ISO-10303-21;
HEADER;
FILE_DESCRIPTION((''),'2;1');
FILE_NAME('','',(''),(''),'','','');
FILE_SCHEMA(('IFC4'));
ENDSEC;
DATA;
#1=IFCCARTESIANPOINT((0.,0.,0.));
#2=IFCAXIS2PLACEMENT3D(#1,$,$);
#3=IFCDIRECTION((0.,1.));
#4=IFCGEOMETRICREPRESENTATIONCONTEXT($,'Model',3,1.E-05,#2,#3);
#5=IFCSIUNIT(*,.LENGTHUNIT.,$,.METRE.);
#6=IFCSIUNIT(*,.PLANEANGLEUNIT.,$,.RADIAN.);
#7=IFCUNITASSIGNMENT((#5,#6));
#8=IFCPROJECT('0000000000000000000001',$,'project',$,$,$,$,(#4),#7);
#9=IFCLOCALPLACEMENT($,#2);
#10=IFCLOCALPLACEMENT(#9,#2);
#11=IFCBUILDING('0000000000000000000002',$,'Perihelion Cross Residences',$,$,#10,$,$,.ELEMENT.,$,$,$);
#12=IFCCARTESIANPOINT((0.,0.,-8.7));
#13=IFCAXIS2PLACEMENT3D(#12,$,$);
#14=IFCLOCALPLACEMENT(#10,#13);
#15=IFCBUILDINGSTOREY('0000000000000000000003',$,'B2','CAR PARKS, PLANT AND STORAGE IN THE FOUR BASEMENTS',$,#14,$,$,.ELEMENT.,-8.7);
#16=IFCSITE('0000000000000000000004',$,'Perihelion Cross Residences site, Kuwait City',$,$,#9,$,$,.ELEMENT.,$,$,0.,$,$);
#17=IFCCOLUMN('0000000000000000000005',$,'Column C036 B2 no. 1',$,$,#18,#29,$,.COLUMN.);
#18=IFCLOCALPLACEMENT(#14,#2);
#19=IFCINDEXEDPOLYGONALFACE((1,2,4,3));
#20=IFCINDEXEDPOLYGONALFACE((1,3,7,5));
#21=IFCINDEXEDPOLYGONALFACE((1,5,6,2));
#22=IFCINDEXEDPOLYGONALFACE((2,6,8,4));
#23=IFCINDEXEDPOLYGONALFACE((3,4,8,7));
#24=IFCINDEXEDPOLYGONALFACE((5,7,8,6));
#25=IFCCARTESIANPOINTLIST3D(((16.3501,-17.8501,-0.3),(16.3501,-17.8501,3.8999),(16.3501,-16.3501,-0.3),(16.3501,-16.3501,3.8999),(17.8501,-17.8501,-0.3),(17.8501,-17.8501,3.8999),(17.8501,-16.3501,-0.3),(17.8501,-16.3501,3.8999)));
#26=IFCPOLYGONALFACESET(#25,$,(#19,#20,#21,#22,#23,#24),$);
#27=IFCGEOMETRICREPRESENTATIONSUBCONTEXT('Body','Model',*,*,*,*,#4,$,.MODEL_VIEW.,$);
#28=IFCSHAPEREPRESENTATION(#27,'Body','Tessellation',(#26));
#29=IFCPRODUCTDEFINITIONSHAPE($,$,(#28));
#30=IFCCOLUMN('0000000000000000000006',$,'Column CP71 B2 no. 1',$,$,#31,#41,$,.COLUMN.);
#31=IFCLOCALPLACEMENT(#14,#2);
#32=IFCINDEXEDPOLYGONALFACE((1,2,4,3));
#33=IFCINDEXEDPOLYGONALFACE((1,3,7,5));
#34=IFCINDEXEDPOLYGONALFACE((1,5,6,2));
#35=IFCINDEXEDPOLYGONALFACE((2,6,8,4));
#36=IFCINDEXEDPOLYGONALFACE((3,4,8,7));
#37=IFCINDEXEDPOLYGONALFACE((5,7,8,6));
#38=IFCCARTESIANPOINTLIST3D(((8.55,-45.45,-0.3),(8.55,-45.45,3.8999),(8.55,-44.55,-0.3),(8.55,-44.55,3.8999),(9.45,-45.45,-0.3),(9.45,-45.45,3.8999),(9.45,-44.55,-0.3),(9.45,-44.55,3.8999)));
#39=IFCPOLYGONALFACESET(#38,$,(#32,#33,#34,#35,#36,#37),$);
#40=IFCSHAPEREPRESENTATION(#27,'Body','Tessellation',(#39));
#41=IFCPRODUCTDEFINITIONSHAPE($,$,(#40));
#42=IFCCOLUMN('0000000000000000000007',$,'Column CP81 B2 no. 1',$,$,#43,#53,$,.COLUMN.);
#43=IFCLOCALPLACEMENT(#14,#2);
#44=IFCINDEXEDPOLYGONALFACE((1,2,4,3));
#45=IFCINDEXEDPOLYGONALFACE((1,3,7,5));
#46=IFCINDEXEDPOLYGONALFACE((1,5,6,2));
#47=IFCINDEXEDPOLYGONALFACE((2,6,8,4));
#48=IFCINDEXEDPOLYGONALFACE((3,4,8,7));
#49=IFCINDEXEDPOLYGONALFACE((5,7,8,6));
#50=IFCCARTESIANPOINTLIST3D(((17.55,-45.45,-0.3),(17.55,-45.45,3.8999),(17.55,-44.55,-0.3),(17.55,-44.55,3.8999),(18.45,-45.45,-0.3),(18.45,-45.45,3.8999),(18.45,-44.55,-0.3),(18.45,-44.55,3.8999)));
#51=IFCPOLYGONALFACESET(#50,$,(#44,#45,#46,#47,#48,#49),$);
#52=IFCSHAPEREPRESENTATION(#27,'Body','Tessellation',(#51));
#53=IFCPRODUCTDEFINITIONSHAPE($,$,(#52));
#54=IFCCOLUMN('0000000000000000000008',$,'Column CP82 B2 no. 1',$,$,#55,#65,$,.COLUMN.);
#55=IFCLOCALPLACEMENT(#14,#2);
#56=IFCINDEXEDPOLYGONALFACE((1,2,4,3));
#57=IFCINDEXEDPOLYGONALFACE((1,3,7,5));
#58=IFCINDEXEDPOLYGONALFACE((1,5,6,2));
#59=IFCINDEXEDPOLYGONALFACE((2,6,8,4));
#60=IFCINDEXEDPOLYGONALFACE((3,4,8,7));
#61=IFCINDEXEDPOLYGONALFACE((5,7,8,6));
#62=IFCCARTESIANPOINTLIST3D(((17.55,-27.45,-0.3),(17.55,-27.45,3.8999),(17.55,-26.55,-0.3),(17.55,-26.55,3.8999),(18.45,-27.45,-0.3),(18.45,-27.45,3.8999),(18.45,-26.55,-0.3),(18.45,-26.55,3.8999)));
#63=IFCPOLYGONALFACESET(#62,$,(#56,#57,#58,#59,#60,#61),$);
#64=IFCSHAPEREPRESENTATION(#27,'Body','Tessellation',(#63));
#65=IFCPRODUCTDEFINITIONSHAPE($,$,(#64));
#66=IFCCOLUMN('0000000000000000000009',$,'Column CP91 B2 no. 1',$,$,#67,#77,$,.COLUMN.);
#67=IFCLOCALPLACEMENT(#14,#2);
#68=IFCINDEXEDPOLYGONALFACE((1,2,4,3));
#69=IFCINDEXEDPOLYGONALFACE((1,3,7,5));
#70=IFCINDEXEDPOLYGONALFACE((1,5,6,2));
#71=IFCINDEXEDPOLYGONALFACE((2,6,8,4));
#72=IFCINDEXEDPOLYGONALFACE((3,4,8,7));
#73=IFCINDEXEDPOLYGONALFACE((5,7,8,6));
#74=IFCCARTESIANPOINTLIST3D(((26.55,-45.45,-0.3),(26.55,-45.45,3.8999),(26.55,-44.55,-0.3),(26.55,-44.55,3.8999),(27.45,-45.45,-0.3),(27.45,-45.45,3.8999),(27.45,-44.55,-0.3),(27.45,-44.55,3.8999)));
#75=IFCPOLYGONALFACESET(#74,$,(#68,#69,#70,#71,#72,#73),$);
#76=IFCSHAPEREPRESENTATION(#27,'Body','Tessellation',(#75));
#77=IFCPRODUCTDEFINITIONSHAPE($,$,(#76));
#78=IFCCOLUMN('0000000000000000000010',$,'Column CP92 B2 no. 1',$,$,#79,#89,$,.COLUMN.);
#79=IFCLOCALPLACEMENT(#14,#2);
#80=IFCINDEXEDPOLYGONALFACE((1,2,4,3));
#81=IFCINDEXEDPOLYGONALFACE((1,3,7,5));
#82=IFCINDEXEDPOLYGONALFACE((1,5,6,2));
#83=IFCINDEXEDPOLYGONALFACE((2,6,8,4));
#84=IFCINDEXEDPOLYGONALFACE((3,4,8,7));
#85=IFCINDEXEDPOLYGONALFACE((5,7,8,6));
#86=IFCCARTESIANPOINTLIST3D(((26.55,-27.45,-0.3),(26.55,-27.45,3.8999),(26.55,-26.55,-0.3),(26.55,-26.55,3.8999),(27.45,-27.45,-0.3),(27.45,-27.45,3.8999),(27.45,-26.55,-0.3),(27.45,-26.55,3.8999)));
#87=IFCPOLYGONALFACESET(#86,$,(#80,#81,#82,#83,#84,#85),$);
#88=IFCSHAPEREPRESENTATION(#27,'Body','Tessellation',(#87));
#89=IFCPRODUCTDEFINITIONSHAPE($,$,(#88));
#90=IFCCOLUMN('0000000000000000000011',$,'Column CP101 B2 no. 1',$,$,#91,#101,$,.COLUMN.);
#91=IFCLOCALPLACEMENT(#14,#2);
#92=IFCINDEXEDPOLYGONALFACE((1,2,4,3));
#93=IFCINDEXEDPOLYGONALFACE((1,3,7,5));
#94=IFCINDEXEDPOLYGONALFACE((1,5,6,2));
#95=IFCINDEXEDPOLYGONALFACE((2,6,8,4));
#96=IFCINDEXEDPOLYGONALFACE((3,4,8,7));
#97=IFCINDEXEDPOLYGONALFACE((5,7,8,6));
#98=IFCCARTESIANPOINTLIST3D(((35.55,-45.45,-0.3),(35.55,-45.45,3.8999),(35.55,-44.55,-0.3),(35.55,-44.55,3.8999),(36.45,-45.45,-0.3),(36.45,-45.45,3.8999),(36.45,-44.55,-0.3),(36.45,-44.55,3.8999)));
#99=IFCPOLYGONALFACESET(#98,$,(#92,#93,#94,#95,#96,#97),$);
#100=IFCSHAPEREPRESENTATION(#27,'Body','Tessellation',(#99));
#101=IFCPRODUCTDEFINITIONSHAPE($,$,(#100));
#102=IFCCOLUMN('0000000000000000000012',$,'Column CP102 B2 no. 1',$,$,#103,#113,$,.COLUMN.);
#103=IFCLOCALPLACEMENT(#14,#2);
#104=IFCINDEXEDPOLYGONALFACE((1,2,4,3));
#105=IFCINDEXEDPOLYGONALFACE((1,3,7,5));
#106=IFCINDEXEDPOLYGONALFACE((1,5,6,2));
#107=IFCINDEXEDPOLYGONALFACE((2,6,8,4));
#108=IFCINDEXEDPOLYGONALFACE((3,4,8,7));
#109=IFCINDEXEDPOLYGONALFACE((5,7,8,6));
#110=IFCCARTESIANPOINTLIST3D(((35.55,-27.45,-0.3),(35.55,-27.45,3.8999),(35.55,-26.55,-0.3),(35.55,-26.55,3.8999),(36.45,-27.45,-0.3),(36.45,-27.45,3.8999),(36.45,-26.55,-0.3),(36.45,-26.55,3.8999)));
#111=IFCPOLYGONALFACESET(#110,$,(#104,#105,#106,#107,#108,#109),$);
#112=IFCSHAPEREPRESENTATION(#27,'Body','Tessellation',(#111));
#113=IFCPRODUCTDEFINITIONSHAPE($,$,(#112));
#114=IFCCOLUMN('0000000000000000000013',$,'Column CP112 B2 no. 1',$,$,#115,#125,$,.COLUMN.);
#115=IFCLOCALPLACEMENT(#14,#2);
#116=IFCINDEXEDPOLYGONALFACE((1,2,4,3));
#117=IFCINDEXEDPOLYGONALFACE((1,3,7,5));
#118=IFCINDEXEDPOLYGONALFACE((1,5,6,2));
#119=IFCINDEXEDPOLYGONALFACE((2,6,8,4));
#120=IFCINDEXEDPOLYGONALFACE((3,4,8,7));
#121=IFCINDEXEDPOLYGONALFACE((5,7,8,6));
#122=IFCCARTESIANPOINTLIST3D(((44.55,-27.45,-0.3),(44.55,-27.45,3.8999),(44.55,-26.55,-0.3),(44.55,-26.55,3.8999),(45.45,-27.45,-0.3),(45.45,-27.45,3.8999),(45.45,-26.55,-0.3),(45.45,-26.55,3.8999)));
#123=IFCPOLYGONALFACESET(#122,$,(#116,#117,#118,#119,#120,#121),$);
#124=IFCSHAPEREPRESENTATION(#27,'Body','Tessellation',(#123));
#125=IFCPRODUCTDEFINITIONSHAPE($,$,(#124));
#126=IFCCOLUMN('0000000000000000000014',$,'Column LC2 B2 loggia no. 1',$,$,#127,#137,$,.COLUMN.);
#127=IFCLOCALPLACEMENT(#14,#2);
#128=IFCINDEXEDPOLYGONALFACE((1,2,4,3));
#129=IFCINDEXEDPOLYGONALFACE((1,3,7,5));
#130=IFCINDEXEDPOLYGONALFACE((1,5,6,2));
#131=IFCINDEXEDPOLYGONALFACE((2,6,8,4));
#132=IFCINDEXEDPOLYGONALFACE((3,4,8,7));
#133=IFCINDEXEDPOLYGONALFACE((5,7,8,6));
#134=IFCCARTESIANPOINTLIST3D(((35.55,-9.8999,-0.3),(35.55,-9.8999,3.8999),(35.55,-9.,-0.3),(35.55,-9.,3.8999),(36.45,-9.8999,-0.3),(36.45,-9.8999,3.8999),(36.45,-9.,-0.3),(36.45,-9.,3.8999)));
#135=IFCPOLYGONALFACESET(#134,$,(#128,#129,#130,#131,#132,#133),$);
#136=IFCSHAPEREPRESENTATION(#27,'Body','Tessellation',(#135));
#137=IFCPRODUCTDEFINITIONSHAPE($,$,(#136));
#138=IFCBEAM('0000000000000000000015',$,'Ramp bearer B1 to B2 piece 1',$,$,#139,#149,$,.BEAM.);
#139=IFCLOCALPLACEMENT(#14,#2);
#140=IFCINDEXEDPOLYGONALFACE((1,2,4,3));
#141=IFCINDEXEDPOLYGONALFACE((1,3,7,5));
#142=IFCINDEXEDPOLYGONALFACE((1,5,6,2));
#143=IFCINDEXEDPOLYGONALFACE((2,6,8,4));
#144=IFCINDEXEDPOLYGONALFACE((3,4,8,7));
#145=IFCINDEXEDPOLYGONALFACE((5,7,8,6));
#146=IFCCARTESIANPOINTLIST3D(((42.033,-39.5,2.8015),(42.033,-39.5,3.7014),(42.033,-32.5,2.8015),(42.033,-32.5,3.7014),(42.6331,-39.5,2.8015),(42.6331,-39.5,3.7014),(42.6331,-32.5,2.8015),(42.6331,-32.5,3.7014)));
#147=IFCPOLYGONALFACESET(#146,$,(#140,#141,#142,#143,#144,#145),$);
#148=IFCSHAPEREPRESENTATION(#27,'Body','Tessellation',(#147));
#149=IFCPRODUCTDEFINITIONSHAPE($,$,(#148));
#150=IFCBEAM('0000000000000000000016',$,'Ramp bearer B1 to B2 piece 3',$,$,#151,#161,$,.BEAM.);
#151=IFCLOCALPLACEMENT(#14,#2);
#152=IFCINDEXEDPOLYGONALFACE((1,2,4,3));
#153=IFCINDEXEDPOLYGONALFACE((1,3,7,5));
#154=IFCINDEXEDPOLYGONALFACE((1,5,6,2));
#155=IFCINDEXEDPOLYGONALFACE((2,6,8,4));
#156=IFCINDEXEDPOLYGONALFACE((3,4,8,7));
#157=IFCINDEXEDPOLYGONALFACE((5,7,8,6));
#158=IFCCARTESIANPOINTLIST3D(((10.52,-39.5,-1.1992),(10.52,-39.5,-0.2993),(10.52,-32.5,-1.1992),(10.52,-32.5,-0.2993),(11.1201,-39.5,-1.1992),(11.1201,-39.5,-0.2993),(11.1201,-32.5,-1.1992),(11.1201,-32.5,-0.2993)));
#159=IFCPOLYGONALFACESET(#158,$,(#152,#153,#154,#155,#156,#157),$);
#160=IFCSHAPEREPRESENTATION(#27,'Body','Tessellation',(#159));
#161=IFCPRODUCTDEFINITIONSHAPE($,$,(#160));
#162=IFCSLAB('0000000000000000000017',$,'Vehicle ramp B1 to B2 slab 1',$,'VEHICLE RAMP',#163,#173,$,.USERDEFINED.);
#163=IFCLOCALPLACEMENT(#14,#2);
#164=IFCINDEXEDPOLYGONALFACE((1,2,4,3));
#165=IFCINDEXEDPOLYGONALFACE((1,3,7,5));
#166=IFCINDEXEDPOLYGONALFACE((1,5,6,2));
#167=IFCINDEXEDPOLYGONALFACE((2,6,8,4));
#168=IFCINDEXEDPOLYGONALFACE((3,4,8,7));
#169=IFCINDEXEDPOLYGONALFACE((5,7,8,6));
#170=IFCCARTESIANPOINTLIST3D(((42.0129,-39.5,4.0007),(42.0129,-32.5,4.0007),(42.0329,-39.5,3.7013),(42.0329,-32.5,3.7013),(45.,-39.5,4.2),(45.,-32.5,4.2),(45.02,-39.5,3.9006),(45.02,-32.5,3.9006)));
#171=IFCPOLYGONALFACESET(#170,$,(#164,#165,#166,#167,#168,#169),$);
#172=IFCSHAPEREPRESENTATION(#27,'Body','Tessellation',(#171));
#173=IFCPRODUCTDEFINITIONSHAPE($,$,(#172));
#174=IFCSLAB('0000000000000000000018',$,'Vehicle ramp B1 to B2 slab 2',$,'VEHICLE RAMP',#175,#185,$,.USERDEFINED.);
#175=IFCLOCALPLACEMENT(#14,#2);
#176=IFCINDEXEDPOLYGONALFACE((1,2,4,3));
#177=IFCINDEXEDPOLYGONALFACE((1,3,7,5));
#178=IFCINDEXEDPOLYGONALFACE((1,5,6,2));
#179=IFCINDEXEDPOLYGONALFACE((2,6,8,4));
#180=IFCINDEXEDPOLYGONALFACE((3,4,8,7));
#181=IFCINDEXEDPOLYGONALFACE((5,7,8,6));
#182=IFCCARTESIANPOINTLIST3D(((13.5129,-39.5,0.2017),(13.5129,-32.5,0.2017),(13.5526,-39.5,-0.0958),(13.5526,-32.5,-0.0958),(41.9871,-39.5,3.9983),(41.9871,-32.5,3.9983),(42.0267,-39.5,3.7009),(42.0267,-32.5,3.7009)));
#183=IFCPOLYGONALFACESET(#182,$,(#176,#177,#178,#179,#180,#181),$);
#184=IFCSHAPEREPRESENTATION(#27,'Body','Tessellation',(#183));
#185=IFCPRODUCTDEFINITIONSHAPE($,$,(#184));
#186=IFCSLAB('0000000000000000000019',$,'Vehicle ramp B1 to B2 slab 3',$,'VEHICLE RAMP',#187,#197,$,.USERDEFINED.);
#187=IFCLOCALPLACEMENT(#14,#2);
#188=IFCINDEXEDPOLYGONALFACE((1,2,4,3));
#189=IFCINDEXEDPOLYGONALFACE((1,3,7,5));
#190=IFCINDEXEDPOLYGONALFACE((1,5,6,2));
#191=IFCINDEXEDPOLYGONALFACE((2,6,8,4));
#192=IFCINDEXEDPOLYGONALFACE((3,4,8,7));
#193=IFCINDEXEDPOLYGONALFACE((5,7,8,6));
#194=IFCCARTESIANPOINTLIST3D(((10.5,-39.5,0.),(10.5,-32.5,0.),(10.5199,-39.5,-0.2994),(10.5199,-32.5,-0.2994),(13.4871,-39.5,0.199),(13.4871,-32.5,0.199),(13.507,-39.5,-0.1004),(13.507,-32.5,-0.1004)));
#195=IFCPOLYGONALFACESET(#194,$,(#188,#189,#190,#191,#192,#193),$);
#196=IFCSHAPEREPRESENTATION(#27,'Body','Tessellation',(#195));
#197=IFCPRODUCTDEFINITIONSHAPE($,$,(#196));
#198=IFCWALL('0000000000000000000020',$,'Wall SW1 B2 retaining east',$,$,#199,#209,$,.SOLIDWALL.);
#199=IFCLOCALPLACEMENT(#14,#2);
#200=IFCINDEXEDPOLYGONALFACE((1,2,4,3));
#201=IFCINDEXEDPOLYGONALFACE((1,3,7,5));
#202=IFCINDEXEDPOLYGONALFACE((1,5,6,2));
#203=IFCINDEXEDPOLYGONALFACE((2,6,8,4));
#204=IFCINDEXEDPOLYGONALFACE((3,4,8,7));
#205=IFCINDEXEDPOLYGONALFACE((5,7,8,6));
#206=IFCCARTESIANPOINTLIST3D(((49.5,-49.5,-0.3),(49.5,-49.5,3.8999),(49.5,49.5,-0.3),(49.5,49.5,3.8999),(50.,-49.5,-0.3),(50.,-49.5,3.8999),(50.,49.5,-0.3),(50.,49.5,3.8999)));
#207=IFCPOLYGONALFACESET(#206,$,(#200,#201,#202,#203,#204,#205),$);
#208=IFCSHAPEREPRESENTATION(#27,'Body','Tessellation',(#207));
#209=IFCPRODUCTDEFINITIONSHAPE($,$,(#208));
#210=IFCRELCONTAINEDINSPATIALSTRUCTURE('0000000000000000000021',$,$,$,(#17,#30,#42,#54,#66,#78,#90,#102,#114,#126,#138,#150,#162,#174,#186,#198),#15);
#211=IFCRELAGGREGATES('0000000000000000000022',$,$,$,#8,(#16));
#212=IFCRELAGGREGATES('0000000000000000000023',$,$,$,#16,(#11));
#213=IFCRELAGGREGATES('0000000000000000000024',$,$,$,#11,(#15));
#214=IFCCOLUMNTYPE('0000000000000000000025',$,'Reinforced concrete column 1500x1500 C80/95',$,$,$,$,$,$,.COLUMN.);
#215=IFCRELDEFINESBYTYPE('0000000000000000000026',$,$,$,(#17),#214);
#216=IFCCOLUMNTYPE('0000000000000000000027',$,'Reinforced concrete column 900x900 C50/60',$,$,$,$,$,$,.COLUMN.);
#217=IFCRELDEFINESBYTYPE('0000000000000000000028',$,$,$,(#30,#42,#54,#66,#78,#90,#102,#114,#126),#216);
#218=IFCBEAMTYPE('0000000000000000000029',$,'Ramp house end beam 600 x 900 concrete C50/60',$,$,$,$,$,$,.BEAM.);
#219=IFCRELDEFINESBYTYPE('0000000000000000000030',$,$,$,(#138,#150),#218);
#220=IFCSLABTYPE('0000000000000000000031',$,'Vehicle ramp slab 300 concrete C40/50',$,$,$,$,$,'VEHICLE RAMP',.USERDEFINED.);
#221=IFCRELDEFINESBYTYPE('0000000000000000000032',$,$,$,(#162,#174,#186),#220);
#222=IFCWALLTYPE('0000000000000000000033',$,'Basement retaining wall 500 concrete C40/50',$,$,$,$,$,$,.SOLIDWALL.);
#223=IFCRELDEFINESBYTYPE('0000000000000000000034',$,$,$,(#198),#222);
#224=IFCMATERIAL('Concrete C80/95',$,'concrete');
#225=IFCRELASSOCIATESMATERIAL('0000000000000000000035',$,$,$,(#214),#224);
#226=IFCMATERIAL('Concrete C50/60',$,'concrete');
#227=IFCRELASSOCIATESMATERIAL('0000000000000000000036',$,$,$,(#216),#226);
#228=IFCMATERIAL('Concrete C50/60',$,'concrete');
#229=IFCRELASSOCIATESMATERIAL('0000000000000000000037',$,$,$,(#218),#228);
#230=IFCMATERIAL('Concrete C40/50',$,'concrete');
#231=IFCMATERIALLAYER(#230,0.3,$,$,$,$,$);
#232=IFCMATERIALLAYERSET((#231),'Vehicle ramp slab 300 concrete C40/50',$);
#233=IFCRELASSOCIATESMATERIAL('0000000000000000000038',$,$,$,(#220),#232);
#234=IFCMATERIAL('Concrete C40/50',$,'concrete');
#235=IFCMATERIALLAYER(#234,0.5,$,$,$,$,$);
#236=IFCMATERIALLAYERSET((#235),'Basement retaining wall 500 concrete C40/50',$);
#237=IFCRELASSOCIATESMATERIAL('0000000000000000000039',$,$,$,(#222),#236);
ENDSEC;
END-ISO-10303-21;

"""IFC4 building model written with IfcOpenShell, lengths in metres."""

from ifc_helpers import new_model, si_unit, direction, frame, frame_2d, origin, origin_2d, place, context, subcontext, project, spatial, polyline, rectangle, outline, extrude, material, layer, layer_set, material_profile, profile_set, type_object, element, save


model = new_model("IFC4")

# Units and contexts
model_context = context("Model", 3, precision=1e-05, world=origin(), true_north=direction((0.0, 1.0)))
body_context = subcontext(model_context, "Body", "Model", "MODEL_VIEW")
ifc_project = project(units=[si_unit("LENGTHUNIT", "METRE"), si_unit("PLANEANGLEUNIT", "RADIAN")], contexts=[model_context])

# Site, building, storey
site_placement = place(None, origin())
site = spatial("IfcSite", under=ifc_project, at=site_placement, Name="Perihelion Cross Residences site, Kuwait City", CompositionType="ELEMENT", RefElevation=0.0)
building_placement = place(site_placement, origin())
building = spatial("IfcBuilding", under=site, at=building_placement, Name="Perihelion Cross Residences", CompositionType="ELEMENT")
storey_placement = place(building_placement, frame((0.0, 0.0, -8.7)))
storey = spatial("IfcBuildingStorey", under=building, at=storey_placement, Name="B2", Description="CAR PARKS, PLANT AND STORAGE IN THE FOUR BASEMENTS", CompositionType="ELEMENT", Elevation=-8.7)

# Columns
ifc_material_1 = material(Name="Concrete C80/95", Category="concrete")
ifc_material_profile_1 = material_profile(ifc_material_1, rectangle(XDim=1.5, YDim=1.5, at=origin_2d()), Name="RC 1500x1500")
ifc_profile_set_1 = profile_set([ifc_material_profile_1], Name="Concrete C80/95")
column_type_1 = type_object("IfcColumnType", Name="Reinforced concrete column 1500x1500 C80/95", PredefinedType="COLUMN", material=ifc_profile_set_1)
column_placement = place(storey_placement, frame((17.1001, -17.1001, -0.3), z_axis=(0.0, 0.0, 1.0), x_axis=(1.0, 0.0, 0.0)))
element("IfcColumn", 1, at=column_placement, inside=storey, type_object=column_type_1, Name="Column C036 B2 no. 1", PredefinedType="COLUMN", context=body_context, shape_type="SweptSolid", body=[
    extrude(rectangle(XDim=1.5, YDim=1.5, at=origin_2d()), origin(), (0.0, 0.0, 1.0), 4.2),
])
ifc_material_2 = material(Name="Concrete C50/60", Category="concrete")
ifc_material_profile_2 = material_profile(ifc_material_2, rectangle(XDim=0.8999, YDim=0.8999, at=origin_2d()), Name="RC 900x900")
ifc_profile_set_2 = profile_set([ifc_material_profile_2], Name="Concrete C50/60")
column_type_2 = type_object("IfcColumnType", Name="Reinforced concrete column 900x900 C50/60", PredefinedType="COLUMN", material=ifc_profile_set_2)
for number, where, z_axis, x_axis, name in (
    (2, (9.0, -45.0, -0.3), (0.0, 0.0, 1.0), (1.0, 0.0, 0.0), "Column CP71 B2 no. 1"),
    (3, (18.0, -45.0, -0.3), (0.0, 0.0, 1.0), (1.0, 0.0, 0.0), "Column CP81 B2 no. 1"),
    (4, (18.0, -27.0, -0.3), (0.0, 0.0, 1.0), (1.0, 0.0, 0.0), "Column CP82 B2 no. 1"),
    (5, (27.0, -45.0, -0.3), (0.0, 0.0, 1.0), (1.0, 0.0, 0.0), "Column CP91 B2 no. 1"),
    (6, (27.0, -27.0, -0.3), (0.0, 0.0, 1.0), (1.0, 0.0, 0.0), "Column CP92 B2 no. 1"),
    (7, (36.0, -45.0, -0.3), (0.0, 0.0, 1.0), (1.0, 0.0, 0.0), "Column CP101 B2 no. 1"),
    (8, (36.0, -27.0, -0.3), (0.0, 0.0, 1.0), (1.0, 0.0, 0.0), "Column CP102 B2 no. 1"),
    (9, (45.0, -27.0, -0.3), (0.0, 0.0, 1.0), (1.0, 0.0, 0.0), "Column CP112 B2 no. 1"),
    (10, (36.0, -9.45, -0.3), (0.0, 0.0, 1.0), (1.0, 0.0, 0.0), "Column LC2 B2 loggia no. 1"),
):
    element("IfcColumn", number, at=place(storey_placement, frame(where, z_axis=z_axis, x_axis=x_axis)), inside=storey, type_object=column_type_2, Name=name, PredefinedType="COLUMN", context=body_context, shape_type="SweptSolid", body=[
        extrude(rectangle(XDim=0.8999, YDim=0.8999, at=origin_2d()), origin(), (0.0, 0.0, 1.0), 4.2),
    ])

# Beams
ifc_material_3 = material(Name="Concrete C50/60", Category="concrete")
ifc_material_profile_3 = material_profile(ifc_material_3, rectangle(XDim=0.6001, YDim=0.8999, at=origin_2d()), Name="RC 600x900")
ifc_profile_set_3 = profile_set([ifc_material_profile_3], Name="Concrete C50/60")
beam_type = type_object("IfcBeamType", Name="Ramp house end beam 600 x 900 concrete C50/60", PredefinedType="BEAM", material=ifc_profile_set_3)
for number, where, z_axis, x_axis, name in (
    (11, (42.333, -39.5, 3.2515), (0.0, 1.0, 0.0), (-1.0, 0.0, 0.0), "Ramp bearer B1 to B2 piece 1"),
    (12, (10.8201, -39.5, -0.7493), (0.0, 1.0, 0.0), (-1.0, 0.0, 0.0), "Ramp bearer B1 to B2 piece 3"),
):
    element("IfcBeam", number, at=place(storey_placement, frame(where, z_axis=z_axis, x_axis=x_axis)), inside=storey, type_object=beam_type, Name=name, PredefinedType="BEAM", context=body_context, shape_type="SweptSolid", body=[
        extrude(rectangle(XDim=0.6001, YDim=0.8999, at=origin_2d()), origin(), (0.0, 0.0, 1.0), 7.0),
    ])

# Slabs
ifc_material_4 = material(Name="Concrete C40/50", Category="concrete")
ifc_layer_1 = layer(ifc_material_4, 0.3)
ifc_layer_set_1 = layer_set([ifc_layer_1], Name="Vehicle ramp slab 300 concrete C40/50")
slab_type = type_object("IfcSlabType", Name="Vehicle ramp slab 300 concrete C40/50", ElementType="VEHICLE RAMP", PredefinedType="USERDEFINED", material=ifc_layer_set_1)
slab_1_placement = place(storey_placement, frame((45.0, -39.5, 4.2), z_axis=(-0.066546, 0.0, 0.997783), x_axis=(-0.997783, 0.0, -0.066546)))
element("IfcSlab", 13, at=slab_1_placement, inside=storey, type_object=slab_type, Name="Vehicle ramp B1 to B2 slab 1", ObjectType="VEHICLE RAMP", PredefinedType="USERDEFINED", context=body_context, shape_type="SweptSolid", body=[
    extrude(outline(polyline([(0.0, 0.0), (2.9937, 0.0), (2.9937, -7.0), (0.0, -7.0), (0.0, 0.0)])), origin(), (0.0, 0.0, -1.0), 0.3),
])
slab_2_placement = place(storey_placement, frame((41.9871, -39.5, 3.9983), z_axis=(-0.132167, 0.0, 0.991228), x_axis=(-0.991228, 0.0, -0.132167)))
element("IfcSlab", 14, at=slab_2_placement, inside=storey, type_object=slab_type, Name="Vehicle ramp B1 to B2 slab 2", ObjectType="VEHICLE RAMP", PredefinedType="USERDEFINED", context=body_context, shape_type="SweptSolid", body=[
    extrude(outline(polyline([(0.0, 0.0), (28.7261, 0.0), (28.7261, -7.0), (0.0, -7.0), (0.0, 0.0)])), origin(), (0.0, 0.0, -1.0), 0.3),
])
slab_3_placement = place(storey_placement, frame((13.4871, -39.5, 0.199), z_axis=(-0.066465, 0.0, 0.997789), x_axis=(-0.997789, 0.0, -0.066465)))
element("IfcSlab", 15, at=slab_3_placement, inside=storey, type_object=slab_type, Name="Vehicle ramp B1 to B2 slab 3", ObjectType="VEHICLE RAMP", PredefinedType="USERDEFINED", context=body_context, shape_type="SweptSolid", body=[
    extrude(outline(polyline([(0.0, 0.0), (2.9937, 0.0), (2.9937, -7.0), (0.0, -7.0), (0.0, 0.0)])), origin(), (0.0, 0.0, -1.0), 0.3),
])

# Wall
ifc_material_5 = material(Name="Concrete C40/50", Category="concrete")
ifc_layer_2 = layer(ifc_material_5, 0.5)
ifc_layer_set_2 = layer_set([ifc_layer_2], Name="Basement retaining wall 500 concrete C40/50")
wall_type_1 = type_object("IfcWallType", Name="Basement retaining wall 500 concrete C40/50", PredefinedType="SOLIDWALL", material=ifc_layer_set_2)
wall_1_placement = place(storey_placement, frame((49.75, -49.5, -0.3), z_axis=(0.0, 0.0, 1.0), x_axis=(0.0, 1.0, 0.0)))
element("IfcWall", 16, at=wall_1_placement, inside=storey, type_object=wall_type_1, Name="Wall SW1 B2 retaining east", PredefinedType="SOLIDWALL", context=body_context, shape_type="SweptSolid", body=[
    extrude(rectangle(XDim=99.0, YDim=0.5, at=frame_2d((49.5, 0.0))), origin(), (0.0, 0.0, 1.0), 4.2),
])

save(model, "model.ifc")
